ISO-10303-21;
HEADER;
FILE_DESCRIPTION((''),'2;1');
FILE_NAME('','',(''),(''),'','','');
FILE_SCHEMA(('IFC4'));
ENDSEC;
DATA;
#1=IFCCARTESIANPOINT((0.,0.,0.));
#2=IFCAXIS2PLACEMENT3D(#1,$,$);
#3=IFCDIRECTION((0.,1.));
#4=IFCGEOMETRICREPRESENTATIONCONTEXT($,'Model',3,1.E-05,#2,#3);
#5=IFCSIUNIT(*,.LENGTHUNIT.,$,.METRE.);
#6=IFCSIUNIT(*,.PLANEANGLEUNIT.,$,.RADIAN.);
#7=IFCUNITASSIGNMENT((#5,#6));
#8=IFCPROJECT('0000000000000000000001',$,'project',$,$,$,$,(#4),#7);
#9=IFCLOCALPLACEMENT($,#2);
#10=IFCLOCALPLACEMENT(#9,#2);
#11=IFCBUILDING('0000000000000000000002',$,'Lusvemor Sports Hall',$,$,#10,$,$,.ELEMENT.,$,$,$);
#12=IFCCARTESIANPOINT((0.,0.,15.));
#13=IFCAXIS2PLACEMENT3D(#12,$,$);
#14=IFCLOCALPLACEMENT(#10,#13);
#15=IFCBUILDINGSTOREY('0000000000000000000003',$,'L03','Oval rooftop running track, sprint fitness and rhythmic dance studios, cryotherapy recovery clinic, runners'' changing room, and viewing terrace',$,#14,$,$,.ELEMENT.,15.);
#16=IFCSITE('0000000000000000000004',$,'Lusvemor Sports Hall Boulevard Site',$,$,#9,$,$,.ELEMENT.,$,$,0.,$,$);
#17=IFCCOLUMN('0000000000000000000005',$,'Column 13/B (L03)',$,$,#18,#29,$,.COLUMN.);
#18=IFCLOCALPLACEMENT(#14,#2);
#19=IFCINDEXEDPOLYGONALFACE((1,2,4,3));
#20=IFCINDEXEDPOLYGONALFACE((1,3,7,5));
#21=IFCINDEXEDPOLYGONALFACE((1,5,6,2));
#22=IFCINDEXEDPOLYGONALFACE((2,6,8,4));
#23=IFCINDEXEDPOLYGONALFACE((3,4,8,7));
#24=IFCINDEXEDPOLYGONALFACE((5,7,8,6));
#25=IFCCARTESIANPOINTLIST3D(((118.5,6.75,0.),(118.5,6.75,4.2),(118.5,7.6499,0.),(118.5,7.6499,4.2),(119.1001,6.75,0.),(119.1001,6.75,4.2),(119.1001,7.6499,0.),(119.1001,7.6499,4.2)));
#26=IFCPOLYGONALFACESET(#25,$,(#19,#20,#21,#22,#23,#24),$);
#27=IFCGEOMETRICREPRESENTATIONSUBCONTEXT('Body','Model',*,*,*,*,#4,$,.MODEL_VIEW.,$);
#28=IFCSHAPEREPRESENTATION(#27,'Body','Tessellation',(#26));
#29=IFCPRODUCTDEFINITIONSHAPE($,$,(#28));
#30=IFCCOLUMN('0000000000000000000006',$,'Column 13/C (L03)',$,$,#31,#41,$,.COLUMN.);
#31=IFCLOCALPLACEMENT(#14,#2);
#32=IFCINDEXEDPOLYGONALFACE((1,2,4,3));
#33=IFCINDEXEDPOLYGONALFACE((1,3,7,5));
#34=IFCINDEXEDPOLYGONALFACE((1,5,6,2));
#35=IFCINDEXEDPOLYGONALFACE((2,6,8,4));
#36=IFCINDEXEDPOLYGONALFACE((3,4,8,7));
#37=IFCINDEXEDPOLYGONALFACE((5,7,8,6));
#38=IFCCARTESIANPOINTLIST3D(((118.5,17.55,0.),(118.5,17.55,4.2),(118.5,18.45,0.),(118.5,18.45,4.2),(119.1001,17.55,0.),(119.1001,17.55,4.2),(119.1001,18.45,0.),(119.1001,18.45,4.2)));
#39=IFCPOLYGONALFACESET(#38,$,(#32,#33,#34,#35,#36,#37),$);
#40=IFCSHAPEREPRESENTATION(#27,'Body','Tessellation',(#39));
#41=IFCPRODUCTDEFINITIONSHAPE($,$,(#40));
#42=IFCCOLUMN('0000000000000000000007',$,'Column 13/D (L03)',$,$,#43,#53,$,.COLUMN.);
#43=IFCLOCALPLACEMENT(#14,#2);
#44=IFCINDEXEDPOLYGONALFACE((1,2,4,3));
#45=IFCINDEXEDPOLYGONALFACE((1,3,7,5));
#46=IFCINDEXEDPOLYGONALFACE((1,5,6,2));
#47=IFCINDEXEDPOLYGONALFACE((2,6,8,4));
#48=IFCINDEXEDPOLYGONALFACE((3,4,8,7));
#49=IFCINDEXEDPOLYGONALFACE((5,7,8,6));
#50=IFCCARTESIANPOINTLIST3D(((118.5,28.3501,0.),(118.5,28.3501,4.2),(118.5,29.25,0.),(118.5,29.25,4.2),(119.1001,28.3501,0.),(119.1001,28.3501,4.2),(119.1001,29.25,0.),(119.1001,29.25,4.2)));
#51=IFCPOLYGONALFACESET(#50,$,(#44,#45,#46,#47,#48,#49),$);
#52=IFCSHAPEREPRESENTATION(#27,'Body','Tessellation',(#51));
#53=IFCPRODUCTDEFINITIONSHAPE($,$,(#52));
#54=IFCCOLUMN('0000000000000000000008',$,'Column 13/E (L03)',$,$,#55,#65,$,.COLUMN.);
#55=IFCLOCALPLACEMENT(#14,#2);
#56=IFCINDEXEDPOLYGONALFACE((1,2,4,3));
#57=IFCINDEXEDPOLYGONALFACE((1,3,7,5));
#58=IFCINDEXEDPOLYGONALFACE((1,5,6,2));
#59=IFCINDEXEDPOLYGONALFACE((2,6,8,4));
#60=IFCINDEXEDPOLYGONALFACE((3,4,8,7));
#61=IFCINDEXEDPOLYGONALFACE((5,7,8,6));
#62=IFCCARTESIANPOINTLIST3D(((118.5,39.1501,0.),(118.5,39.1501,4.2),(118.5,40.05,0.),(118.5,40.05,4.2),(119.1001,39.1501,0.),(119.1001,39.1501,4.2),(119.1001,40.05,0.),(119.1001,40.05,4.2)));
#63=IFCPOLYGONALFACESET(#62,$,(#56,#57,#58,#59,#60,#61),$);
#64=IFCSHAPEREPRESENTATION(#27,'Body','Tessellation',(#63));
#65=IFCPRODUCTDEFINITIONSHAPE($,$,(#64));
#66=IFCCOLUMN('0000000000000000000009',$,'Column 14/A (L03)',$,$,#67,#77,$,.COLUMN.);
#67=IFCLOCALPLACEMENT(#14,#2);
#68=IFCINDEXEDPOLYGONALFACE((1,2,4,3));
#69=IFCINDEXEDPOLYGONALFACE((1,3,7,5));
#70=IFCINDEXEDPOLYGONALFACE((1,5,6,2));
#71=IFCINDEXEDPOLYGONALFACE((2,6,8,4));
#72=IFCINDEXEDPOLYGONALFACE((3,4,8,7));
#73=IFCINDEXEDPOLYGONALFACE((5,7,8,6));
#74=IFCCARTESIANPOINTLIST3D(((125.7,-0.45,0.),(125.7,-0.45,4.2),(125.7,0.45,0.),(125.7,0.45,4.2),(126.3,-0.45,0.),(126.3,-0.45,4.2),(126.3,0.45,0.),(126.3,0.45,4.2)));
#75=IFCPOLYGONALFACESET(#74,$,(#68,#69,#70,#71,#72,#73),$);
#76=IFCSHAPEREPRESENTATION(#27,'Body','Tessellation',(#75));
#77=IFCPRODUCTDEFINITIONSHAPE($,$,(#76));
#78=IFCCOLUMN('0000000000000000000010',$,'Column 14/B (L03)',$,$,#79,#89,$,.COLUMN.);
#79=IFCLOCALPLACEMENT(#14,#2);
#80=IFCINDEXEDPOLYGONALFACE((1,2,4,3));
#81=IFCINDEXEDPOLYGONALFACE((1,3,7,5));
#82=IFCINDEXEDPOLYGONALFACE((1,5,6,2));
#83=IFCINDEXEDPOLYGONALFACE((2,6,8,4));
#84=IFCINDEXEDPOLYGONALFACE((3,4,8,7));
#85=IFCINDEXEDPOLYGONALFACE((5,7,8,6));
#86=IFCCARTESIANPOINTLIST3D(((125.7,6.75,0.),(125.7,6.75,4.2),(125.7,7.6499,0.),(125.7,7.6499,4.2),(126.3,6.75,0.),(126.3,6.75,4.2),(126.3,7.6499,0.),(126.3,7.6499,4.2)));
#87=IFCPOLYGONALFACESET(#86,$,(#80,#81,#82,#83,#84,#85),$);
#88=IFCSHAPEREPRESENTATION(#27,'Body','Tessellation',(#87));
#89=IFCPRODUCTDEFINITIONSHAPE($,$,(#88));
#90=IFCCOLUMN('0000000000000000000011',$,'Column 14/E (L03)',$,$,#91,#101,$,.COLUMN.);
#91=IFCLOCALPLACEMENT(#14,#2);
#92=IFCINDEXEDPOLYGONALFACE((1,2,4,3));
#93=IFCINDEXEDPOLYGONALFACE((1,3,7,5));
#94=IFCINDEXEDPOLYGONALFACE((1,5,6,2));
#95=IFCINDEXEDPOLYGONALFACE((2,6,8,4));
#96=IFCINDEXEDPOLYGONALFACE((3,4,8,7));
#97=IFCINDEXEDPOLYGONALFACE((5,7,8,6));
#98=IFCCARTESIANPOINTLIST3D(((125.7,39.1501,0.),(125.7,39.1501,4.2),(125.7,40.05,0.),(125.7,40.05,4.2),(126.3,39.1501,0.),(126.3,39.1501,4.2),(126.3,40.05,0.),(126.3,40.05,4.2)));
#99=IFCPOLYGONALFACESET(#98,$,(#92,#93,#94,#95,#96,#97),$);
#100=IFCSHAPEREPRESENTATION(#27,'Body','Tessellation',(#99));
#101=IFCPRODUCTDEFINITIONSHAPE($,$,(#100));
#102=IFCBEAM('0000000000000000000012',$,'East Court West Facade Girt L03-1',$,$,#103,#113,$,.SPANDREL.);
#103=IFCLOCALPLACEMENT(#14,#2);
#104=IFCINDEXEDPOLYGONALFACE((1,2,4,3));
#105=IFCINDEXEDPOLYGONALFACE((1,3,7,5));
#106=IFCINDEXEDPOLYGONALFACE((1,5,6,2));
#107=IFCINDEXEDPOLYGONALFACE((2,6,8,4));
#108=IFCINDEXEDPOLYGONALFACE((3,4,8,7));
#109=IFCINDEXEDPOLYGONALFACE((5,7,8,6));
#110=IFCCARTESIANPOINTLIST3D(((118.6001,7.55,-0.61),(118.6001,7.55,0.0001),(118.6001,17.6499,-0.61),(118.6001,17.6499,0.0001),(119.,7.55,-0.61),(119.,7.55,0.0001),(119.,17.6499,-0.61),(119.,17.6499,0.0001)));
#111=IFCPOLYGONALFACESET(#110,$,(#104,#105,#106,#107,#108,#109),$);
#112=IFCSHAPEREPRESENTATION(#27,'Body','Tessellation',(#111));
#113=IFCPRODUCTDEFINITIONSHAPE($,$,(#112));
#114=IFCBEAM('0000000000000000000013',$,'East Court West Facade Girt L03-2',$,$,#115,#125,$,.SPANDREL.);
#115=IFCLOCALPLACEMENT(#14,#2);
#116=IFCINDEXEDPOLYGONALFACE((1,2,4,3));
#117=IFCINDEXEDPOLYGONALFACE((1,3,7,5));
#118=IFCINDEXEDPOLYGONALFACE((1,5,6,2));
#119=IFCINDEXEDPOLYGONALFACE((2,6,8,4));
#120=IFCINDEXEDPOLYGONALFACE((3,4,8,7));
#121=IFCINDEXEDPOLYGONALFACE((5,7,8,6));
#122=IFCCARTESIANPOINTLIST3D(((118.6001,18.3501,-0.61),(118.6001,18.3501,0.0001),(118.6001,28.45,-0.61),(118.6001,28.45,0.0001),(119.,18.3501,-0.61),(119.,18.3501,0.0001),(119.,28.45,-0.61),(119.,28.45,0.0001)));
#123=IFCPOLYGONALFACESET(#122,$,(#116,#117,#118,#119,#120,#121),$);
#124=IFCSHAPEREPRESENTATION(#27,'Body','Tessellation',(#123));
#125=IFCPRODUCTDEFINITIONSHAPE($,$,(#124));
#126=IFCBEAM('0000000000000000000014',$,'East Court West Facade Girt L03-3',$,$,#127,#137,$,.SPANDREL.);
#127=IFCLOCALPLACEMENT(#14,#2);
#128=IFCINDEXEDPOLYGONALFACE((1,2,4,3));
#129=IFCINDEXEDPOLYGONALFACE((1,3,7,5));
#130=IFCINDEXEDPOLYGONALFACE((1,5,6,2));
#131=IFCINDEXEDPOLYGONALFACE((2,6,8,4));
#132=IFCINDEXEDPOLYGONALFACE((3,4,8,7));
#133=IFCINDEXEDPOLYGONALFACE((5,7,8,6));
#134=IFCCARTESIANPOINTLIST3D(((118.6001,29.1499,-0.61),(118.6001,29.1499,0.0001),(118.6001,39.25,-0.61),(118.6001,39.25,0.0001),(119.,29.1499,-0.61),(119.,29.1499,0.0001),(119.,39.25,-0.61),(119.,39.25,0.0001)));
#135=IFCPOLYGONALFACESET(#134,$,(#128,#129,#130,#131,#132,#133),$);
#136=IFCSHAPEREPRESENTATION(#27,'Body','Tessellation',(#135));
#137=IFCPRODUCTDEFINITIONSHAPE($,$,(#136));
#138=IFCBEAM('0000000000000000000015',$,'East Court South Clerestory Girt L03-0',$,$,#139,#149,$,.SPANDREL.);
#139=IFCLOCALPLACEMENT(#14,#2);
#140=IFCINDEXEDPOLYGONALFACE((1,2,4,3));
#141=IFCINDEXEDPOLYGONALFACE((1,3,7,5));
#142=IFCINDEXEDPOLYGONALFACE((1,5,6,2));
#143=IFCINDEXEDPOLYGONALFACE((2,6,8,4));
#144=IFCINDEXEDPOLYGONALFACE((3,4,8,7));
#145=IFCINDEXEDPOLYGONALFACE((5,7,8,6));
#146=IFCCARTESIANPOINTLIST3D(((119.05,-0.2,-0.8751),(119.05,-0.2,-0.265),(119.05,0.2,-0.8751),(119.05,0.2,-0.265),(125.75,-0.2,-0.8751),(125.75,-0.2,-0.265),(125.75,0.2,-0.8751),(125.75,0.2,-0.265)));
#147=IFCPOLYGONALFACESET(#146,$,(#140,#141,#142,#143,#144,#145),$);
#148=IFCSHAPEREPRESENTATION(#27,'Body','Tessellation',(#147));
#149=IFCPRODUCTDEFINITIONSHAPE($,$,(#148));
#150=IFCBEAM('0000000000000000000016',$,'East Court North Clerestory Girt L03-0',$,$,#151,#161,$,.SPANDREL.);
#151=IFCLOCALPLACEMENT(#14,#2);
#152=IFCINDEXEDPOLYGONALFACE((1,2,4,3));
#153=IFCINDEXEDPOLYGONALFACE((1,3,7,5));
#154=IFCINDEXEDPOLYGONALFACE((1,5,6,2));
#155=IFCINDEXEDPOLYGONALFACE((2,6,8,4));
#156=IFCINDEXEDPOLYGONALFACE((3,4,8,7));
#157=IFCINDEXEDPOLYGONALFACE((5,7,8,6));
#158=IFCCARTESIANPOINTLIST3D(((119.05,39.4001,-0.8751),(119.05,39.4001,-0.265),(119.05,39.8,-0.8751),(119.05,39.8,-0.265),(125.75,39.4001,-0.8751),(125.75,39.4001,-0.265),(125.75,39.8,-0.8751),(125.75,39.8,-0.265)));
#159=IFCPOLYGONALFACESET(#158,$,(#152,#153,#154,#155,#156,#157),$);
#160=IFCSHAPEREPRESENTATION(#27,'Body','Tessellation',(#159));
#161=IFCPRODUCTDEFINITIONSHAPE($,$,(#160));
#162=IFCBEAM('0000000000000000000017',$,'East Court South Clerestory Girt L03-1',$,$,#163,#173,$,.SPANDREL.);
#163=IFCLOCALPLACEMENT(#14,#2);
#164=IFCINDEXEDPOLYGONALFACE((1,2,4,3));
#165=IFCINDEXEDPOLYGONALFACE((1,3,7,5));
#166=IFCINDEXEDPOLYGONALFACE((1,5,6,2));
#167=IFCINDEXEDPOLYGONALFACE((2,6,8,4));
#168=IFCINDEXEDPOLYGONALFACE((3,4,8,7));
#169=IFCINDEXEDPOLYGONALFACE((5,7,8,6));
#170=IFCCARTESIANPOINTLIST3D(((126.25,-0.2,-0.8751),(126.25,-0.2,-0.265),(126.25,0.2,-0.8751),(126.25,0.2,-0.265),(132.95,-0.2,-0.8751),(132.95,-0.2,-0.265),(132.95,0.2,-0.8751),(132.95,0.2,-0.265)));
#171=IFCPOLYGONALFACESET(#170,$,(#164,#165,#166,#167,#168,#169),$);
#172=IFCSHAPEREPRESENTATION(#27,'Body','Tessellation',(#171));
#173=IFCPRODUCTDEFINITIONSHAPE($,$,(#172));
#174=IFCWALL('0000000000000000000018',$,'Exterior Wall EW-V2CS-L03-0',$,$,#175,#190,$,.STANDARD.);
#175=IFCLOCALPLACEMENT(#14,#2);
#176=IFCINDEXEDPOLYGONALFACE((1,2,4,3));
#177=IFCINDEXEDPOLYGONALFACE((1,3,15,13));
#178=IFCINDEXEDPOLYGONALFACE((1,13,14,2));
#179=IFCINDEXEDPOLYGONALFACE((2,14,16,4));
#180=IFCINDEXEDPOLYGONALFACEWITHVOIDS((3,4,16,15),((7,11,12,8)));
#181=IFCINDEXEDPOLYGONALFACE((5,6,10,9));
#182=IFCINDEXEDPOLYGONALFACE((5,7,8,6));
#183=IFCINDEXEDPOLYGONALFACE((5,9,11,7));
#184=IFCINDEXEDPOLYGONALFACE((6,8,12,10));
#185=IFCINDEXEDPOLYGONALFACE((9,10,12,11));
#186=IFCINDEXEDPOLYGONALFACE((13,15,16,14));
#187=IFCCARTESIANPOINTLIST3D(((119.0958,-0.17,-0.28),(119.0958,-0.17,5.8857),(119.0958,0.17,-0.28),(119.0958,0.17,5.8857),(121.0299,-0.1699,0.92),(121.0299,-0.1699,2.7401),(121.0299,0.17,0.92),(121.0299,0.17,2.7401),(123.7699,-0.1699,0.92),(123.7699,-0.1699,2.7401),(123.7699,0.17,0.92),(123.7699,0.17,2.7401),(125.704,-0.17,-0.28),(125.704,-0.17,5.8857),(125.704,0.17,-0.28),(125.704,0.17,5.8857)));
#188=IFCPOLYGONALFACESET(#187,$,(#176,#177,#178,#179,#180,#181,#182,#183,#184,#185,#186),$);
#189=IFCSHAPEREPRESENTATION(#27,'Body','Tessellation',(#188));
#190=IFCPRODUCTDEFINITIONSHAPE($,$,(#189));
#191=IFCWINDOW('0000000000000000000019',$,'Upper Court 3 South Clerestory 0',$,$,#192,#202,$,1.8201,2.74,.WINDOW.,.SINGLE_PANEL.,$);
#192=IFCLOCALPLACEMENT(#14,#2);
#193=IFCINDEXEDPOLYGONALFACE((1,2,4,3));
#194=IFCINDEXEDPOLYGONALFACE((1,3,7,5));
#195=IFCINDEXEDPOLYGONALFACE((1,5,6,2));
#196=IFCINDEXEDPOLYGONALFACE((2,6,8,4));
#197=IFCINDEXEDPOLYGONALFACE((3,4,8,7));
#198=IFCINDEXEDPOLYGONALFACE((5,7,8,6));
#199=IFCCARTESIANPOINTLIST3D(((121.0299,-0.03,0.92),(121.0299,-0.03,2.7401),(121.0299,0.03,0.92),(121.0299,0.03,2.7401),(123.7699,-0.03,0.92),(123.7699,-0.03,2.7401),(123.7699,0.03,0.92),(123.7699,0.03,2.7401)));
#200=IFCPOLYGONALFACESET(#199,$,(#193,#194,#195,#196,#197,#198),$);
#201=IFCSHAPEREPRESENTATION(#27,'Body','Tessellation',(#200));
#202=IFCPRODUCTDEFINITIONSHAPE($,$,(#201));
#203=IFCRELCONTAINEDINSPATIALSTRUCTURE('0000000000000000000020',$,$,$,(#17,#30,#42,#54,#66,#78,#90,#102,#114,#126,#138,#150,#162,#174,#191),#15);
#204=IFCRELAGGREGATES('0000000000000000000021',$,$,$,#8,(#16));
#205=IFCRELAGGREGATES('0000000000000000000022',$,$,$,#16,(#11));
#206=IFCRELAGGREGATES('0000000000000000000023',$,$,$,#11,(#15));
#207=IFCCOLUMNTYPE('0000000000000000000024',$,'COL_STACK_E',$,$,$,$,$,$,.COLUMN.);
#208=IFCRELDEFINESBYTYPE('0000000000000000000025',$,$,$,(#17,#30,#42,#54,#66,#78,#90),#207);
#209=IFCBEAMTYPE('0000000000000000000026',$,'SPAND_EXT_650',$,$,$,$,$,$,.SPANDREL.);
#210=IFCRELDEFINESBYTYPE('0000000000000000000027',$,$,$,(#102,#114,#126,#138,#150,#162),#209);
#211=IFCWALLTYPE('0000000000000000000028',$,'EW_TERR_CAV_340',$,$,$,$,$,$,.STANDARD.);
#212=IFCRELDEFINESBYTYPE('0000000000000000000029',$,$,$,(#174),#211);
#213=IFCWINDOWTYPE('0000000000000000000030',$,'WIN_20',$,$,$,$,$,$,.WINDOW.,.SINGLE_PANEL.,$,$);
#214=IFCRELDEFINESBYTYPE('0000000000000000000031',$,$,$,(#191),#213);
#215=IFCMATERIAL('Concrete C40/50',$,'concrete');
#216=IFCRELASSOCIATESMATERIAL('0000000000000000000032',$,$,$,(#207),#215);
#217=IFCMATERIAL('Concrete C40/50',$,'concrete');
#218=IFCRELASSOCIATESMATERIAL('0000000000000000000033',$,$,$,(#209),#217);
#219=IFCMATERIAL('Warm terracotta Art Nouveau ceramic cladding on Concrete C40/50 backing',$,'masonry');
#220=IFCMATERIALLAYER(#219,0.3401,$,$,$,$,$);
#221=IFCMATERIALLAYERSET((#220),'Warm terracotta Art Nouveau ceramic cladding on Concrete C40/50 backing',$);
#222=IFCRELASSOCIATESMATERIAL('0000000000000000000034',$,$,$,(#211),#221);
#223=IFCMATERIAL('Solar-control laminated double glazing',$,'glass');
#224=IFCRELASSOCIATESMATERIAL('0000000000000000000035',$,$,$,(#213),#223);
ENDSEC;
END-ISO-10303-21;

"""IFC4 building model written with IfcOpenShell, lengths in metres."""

from ifc_helpers import new_model, si_unit, direction, frame, frame_2d, origin, origin_2d, place, context, subcontext, project, spatial, rectangle, extrude, material, layer, layer_set, material_profile, profile_set, type_object, element, fill, save


model = new_model("IFC4")

# Units and contexts
model_context = context("Model", 3, precision=1e-05, world=origin(), true_north=direction((0.0, 1.0)))
body_context = subcontext(model_context, "Body", "Model", "MODEL_VIEW")
ifc_project = project(units=[si_unit("LENGTHUNIT", "METRE"), si_unit("PLANEANGLEUNIT", "RADIAN")], contexts=[model_context])

# Site, building, storey
site_placement = place(None, origin())
site = spatial("IfcSite", under=ifc_project, at=site_placement, Name="Lusvemor Sports Hall Boulevard Site", CompositionType="ELEMENT", RefElevation=0.0)
building_placement = place(site_placement, origin())
building = spatial("IfcBuilding", under=site, at=building_placement, Name="Lusvemor Sports Hall", CompositionType="ELEMENT")
storey_placement = place(building_placement, frame((0.0, 0.0, 15.0)))
storey = spatial("IfcBuildingStorey", under=building, at=storey_placement, Name="L03", Description="Oval rooftop running track, sprint fitness and rhythmic dance studios, cryotherapy recovery clinic, runners' changing room, and viewing terrace", CompositionType="ELEMENT", Elevation=15.0)

# Columns
ifc_material_1 = material(Name="Concrete C40/50", Category="concrete")
ifc_material_profile_1 = material_profile(ifc_material_1, rectangle(XDim=0.6001, YDim=0.8999, at=origin_2d()), Name="RC600x900")
ifc_profile_set_1 = profile_set([ifc_material_profile_1], Name="Concrete C40/50")
column_type = type_object("IfcColumnType", Name="COL_STACK_E", PredefinedType="COLUMN", material=ifc_profile_set_1)
for number, where, z_axis, x_axis, name in (
    (1, (118.8, 7.2, 0.0), (0.0, 0.0, 1.0), (1.0, 0.0, 0.0), "Column 13/B (L03)"),
    (2, (118.8, 18.0, 0.0), (0.0, 0.0, 1.0), (1.0, 0.0, 0.0), "Column 13/C (L03)"),
    (3, (118.8, 28.8, 0.0), (0.0, 0.0, 1.0), (1.0, 0.0, 0.0), "Column 13/D (L03)"),
    (4, (118.8, 39.6001, 0.0), (0.0, 0.0, 1.0), (1.0, 0.0, 0.0), "Column 13/E (L03)"),
    (5, (126.0, 0.0, 0.0), (0.0, 0.0, 1.0), (1.0, 0.0, 0.0), "Column 14/A (L03)"),
    (6, (126.0, 7.2, 0.0), (0.0, 0.0, 1.0), (1.0, 0.0, 0.0), "Column 14/B (L03)"),
    (7, (126.0, 39.6001, 0.0), (0.0, 0.0, 1.0), (1.0, 0.0, 0.0), "Column 14/E (L03)"),
):
    element("IfcColumn", number, at=place(storey_placement, frame(where, z_axis=z_axis, x_axis=x_axis)), inside=storey, type_object=column_type, Name=name, PredefinedType="COLUMN", context=body_context, shape_type="SweptSolid", body=[
        extrude(rectangle(XDim=0.6001, YDim=0.8999, at=origin_2d()), origin(), (0.0, 0.0, 1.0), 4.2),
    ])

# Beams
ifc_material_2 = material(Name="Concrete C40/50", Category="concrete")
ifc_material_profile_2 = material_profile(ifc_material_2, rectangle(XDim=0.3999, YDim=0.6101, at=origin_2d()), Name="RC400x610")
ifc_profile_set_2 = profile_set([ifc_material_profile_2], Name="Concrete C40/50")
beam_type = type_object("IfcBeamType", Name="SPAND_EXT_650", PredefinedType="SPANDREL", material=ifc_profile_set_2)
for number, where, z_axis, x_axis, name in (
    (8, (118.8, 7.55, -0.3049), (0.0, 1.0, 0.0), (-1.0, 0.0, 0.0), "East Court West Facade Girt L03-1"),
    (9, (118.8, 18.3501, -0.3049), (0.0, 1.0, 0.0), (-1.0, 0.0, 0.0), "East Court West Facade Girt L03-2"),
):
    element("IfcBeam", number, at=place(storey_placement, frame(where, z_axis=z_axis, x_axis=x_axis)), inside=storey, type_object=beam_type, Name=name, PredefinedType="SPANDREL", context=body_context, shape_type="SweptSolid", body=[
        extrude(rectangle(XDim=0.3999, YDim=0.6101, at=origin_2d()), origin(), (0.0, 0.0, 1.0), 10.0999),
    ])
beam_placement = place(storey_placement, frame((118.8, 29.1499, -0.3049), z_axis=(0.0, 1.0, 0.0), x_axis=(-1.0, 0.0, 0.0)))
element("IfcBeam", 10, at=beam_placement, inside=storey, type_object=beam_type, Name="East Court West Facade Girt L03-3", PredefinedType="SPANDREL", context=body_context, shape_type="SweptSolid", body=[
    extrude(rectangle(XDim=0.3999, YDim=0.6101, at=origin_2d()), origin(), (0.0, 0.0, 1.0), 10.1001),
])
for number, where, z_axis, x_axis, name in (
    (11, (119.05, 0.0, -0.5701), (1.0, 0.0, 0.0), (0.0, 1.0, 0.0), "East Court South Clerestory Girt L03-0"),
    (12, (119.05, 39.6001, -0.5701), (1.0, 0.0, 0.0), (0.0, 1.0, 0.0), "East Court North Clerestory Girt L03-0"),
    (13, (126.25, 0.0, -0.5701), (1.0, 0.0, 0.0), (0.0, 1.0, 0.0), "East Court South Clerestory Girt L03-1"),
):
    element("IfcBeam", number, at=place(storey_placement, frame(where, z_axis=z_axis, x_axis=x_axis)), inside=storey, type_object=beam_type, Name=name, PredefinedType="SPANDREL", context=body_context, shape_type="SweptSolid", body=[
        extrude(rectangle(XDim=0.3999, YDim=0.6101, at=origin_2d()), origin(), (0.0, 0.0, 1.0), 6.7),
    ])

# Wall, opening, window
ifc_material_3 = material(Name="Warm terracotta Art Nouveau ceramic cladding on Concrete C40/50 backing", Category="masonry")
ifc_layer_1 = layer(ifc_material_3, 0.3401)
ifc_layer_set_1 = layer_set([ifc_layer_1], Name="Warm terracotta Art Nouveau ceramic cladding on Concrete C40/50 backing")
wall_type = type_object("IfcWallType", Name="EW_TERR_CAV_340", PredefinedType="STANDARD", material=ifc_layer_set_1)
wall_1_placement = place(storey_placement, frame((125.7041, 0.0, -0.28), z_axis=(0.0, 0.0, 1.0), x_axis=(-1.0, 0.0, 0.0)))
wall_1 = element("IfcWall", 14, at=wall_1_placement, inside=storey, type_object=wall_type, Name="Exterior Wall EW-V2CS-L03-0", PredefinedType="STANDARD", context=body_context, shape_type="SweptSolid", body=[
    extrude(rectangle(XDim=6.6082, YDim=0.3401, at=frame_2d((3.3042, 0.0))), origin(), (0.0, 0.0, 1.0), 6.1658),
])
opening_1_placement = place(wall_1_placement, frame((1.9341, 0.0, 1.2)))
opening_1 = element("IfcOpeningElement", 15, at=opening_1_placement, cuts=wall_1, PredefinedType="OPENING", context=body_context, shape_type="SweptSolid", body=[
    extrude(rectangle(XDim=2.74, YDim=1.8201, at=frame_2d((1.3701, 0.9102))), frame((0.0, 0.1699, 0.0), z_axis=(0.0, -1.0, 0.0), x_axis=(1.0, 0.0, 0.0)), (0.0, 0.0, 1.0), 0.3401),
])
ifc_material_4 = material(Name="Solar-control laminated double glazing", Category="glass")
window_type_1 = type_object("IfcWindowType", Name="WIN_20", PartitioningType="SINGLE_PANEL", PredefinedType="WINDOW", material=ifc_material_4)
window_1_placement = place(opening_1_placement, origin())
window_1 = element("IfcWindow", 16, at=window_1_placement, inside=storey, type_object=window_type_1, Name="Upper Court 3 South Clerestory 0", OverallHeight=1.8201, OverallWidth=2.74, PartitioningType="SINGLE_PANEL", PredefinedType="WINDOW", context=body_context, shape_type="SweptSolid", body=[
    extrude(rectangle(XDim=2.74, YDim=1.8201, at=frame_2d((1.3701, 0.9102))), frame((0.0, 0.03, 0.0), z_axis=(0.0, -1.0, 0.0), x_axis=(1.0, 0.0, 0.0)), (0.0, 0.0, 1.0), 0.0601),
])
fill(opening_1, window_1)

save(model, "model.ifc")
